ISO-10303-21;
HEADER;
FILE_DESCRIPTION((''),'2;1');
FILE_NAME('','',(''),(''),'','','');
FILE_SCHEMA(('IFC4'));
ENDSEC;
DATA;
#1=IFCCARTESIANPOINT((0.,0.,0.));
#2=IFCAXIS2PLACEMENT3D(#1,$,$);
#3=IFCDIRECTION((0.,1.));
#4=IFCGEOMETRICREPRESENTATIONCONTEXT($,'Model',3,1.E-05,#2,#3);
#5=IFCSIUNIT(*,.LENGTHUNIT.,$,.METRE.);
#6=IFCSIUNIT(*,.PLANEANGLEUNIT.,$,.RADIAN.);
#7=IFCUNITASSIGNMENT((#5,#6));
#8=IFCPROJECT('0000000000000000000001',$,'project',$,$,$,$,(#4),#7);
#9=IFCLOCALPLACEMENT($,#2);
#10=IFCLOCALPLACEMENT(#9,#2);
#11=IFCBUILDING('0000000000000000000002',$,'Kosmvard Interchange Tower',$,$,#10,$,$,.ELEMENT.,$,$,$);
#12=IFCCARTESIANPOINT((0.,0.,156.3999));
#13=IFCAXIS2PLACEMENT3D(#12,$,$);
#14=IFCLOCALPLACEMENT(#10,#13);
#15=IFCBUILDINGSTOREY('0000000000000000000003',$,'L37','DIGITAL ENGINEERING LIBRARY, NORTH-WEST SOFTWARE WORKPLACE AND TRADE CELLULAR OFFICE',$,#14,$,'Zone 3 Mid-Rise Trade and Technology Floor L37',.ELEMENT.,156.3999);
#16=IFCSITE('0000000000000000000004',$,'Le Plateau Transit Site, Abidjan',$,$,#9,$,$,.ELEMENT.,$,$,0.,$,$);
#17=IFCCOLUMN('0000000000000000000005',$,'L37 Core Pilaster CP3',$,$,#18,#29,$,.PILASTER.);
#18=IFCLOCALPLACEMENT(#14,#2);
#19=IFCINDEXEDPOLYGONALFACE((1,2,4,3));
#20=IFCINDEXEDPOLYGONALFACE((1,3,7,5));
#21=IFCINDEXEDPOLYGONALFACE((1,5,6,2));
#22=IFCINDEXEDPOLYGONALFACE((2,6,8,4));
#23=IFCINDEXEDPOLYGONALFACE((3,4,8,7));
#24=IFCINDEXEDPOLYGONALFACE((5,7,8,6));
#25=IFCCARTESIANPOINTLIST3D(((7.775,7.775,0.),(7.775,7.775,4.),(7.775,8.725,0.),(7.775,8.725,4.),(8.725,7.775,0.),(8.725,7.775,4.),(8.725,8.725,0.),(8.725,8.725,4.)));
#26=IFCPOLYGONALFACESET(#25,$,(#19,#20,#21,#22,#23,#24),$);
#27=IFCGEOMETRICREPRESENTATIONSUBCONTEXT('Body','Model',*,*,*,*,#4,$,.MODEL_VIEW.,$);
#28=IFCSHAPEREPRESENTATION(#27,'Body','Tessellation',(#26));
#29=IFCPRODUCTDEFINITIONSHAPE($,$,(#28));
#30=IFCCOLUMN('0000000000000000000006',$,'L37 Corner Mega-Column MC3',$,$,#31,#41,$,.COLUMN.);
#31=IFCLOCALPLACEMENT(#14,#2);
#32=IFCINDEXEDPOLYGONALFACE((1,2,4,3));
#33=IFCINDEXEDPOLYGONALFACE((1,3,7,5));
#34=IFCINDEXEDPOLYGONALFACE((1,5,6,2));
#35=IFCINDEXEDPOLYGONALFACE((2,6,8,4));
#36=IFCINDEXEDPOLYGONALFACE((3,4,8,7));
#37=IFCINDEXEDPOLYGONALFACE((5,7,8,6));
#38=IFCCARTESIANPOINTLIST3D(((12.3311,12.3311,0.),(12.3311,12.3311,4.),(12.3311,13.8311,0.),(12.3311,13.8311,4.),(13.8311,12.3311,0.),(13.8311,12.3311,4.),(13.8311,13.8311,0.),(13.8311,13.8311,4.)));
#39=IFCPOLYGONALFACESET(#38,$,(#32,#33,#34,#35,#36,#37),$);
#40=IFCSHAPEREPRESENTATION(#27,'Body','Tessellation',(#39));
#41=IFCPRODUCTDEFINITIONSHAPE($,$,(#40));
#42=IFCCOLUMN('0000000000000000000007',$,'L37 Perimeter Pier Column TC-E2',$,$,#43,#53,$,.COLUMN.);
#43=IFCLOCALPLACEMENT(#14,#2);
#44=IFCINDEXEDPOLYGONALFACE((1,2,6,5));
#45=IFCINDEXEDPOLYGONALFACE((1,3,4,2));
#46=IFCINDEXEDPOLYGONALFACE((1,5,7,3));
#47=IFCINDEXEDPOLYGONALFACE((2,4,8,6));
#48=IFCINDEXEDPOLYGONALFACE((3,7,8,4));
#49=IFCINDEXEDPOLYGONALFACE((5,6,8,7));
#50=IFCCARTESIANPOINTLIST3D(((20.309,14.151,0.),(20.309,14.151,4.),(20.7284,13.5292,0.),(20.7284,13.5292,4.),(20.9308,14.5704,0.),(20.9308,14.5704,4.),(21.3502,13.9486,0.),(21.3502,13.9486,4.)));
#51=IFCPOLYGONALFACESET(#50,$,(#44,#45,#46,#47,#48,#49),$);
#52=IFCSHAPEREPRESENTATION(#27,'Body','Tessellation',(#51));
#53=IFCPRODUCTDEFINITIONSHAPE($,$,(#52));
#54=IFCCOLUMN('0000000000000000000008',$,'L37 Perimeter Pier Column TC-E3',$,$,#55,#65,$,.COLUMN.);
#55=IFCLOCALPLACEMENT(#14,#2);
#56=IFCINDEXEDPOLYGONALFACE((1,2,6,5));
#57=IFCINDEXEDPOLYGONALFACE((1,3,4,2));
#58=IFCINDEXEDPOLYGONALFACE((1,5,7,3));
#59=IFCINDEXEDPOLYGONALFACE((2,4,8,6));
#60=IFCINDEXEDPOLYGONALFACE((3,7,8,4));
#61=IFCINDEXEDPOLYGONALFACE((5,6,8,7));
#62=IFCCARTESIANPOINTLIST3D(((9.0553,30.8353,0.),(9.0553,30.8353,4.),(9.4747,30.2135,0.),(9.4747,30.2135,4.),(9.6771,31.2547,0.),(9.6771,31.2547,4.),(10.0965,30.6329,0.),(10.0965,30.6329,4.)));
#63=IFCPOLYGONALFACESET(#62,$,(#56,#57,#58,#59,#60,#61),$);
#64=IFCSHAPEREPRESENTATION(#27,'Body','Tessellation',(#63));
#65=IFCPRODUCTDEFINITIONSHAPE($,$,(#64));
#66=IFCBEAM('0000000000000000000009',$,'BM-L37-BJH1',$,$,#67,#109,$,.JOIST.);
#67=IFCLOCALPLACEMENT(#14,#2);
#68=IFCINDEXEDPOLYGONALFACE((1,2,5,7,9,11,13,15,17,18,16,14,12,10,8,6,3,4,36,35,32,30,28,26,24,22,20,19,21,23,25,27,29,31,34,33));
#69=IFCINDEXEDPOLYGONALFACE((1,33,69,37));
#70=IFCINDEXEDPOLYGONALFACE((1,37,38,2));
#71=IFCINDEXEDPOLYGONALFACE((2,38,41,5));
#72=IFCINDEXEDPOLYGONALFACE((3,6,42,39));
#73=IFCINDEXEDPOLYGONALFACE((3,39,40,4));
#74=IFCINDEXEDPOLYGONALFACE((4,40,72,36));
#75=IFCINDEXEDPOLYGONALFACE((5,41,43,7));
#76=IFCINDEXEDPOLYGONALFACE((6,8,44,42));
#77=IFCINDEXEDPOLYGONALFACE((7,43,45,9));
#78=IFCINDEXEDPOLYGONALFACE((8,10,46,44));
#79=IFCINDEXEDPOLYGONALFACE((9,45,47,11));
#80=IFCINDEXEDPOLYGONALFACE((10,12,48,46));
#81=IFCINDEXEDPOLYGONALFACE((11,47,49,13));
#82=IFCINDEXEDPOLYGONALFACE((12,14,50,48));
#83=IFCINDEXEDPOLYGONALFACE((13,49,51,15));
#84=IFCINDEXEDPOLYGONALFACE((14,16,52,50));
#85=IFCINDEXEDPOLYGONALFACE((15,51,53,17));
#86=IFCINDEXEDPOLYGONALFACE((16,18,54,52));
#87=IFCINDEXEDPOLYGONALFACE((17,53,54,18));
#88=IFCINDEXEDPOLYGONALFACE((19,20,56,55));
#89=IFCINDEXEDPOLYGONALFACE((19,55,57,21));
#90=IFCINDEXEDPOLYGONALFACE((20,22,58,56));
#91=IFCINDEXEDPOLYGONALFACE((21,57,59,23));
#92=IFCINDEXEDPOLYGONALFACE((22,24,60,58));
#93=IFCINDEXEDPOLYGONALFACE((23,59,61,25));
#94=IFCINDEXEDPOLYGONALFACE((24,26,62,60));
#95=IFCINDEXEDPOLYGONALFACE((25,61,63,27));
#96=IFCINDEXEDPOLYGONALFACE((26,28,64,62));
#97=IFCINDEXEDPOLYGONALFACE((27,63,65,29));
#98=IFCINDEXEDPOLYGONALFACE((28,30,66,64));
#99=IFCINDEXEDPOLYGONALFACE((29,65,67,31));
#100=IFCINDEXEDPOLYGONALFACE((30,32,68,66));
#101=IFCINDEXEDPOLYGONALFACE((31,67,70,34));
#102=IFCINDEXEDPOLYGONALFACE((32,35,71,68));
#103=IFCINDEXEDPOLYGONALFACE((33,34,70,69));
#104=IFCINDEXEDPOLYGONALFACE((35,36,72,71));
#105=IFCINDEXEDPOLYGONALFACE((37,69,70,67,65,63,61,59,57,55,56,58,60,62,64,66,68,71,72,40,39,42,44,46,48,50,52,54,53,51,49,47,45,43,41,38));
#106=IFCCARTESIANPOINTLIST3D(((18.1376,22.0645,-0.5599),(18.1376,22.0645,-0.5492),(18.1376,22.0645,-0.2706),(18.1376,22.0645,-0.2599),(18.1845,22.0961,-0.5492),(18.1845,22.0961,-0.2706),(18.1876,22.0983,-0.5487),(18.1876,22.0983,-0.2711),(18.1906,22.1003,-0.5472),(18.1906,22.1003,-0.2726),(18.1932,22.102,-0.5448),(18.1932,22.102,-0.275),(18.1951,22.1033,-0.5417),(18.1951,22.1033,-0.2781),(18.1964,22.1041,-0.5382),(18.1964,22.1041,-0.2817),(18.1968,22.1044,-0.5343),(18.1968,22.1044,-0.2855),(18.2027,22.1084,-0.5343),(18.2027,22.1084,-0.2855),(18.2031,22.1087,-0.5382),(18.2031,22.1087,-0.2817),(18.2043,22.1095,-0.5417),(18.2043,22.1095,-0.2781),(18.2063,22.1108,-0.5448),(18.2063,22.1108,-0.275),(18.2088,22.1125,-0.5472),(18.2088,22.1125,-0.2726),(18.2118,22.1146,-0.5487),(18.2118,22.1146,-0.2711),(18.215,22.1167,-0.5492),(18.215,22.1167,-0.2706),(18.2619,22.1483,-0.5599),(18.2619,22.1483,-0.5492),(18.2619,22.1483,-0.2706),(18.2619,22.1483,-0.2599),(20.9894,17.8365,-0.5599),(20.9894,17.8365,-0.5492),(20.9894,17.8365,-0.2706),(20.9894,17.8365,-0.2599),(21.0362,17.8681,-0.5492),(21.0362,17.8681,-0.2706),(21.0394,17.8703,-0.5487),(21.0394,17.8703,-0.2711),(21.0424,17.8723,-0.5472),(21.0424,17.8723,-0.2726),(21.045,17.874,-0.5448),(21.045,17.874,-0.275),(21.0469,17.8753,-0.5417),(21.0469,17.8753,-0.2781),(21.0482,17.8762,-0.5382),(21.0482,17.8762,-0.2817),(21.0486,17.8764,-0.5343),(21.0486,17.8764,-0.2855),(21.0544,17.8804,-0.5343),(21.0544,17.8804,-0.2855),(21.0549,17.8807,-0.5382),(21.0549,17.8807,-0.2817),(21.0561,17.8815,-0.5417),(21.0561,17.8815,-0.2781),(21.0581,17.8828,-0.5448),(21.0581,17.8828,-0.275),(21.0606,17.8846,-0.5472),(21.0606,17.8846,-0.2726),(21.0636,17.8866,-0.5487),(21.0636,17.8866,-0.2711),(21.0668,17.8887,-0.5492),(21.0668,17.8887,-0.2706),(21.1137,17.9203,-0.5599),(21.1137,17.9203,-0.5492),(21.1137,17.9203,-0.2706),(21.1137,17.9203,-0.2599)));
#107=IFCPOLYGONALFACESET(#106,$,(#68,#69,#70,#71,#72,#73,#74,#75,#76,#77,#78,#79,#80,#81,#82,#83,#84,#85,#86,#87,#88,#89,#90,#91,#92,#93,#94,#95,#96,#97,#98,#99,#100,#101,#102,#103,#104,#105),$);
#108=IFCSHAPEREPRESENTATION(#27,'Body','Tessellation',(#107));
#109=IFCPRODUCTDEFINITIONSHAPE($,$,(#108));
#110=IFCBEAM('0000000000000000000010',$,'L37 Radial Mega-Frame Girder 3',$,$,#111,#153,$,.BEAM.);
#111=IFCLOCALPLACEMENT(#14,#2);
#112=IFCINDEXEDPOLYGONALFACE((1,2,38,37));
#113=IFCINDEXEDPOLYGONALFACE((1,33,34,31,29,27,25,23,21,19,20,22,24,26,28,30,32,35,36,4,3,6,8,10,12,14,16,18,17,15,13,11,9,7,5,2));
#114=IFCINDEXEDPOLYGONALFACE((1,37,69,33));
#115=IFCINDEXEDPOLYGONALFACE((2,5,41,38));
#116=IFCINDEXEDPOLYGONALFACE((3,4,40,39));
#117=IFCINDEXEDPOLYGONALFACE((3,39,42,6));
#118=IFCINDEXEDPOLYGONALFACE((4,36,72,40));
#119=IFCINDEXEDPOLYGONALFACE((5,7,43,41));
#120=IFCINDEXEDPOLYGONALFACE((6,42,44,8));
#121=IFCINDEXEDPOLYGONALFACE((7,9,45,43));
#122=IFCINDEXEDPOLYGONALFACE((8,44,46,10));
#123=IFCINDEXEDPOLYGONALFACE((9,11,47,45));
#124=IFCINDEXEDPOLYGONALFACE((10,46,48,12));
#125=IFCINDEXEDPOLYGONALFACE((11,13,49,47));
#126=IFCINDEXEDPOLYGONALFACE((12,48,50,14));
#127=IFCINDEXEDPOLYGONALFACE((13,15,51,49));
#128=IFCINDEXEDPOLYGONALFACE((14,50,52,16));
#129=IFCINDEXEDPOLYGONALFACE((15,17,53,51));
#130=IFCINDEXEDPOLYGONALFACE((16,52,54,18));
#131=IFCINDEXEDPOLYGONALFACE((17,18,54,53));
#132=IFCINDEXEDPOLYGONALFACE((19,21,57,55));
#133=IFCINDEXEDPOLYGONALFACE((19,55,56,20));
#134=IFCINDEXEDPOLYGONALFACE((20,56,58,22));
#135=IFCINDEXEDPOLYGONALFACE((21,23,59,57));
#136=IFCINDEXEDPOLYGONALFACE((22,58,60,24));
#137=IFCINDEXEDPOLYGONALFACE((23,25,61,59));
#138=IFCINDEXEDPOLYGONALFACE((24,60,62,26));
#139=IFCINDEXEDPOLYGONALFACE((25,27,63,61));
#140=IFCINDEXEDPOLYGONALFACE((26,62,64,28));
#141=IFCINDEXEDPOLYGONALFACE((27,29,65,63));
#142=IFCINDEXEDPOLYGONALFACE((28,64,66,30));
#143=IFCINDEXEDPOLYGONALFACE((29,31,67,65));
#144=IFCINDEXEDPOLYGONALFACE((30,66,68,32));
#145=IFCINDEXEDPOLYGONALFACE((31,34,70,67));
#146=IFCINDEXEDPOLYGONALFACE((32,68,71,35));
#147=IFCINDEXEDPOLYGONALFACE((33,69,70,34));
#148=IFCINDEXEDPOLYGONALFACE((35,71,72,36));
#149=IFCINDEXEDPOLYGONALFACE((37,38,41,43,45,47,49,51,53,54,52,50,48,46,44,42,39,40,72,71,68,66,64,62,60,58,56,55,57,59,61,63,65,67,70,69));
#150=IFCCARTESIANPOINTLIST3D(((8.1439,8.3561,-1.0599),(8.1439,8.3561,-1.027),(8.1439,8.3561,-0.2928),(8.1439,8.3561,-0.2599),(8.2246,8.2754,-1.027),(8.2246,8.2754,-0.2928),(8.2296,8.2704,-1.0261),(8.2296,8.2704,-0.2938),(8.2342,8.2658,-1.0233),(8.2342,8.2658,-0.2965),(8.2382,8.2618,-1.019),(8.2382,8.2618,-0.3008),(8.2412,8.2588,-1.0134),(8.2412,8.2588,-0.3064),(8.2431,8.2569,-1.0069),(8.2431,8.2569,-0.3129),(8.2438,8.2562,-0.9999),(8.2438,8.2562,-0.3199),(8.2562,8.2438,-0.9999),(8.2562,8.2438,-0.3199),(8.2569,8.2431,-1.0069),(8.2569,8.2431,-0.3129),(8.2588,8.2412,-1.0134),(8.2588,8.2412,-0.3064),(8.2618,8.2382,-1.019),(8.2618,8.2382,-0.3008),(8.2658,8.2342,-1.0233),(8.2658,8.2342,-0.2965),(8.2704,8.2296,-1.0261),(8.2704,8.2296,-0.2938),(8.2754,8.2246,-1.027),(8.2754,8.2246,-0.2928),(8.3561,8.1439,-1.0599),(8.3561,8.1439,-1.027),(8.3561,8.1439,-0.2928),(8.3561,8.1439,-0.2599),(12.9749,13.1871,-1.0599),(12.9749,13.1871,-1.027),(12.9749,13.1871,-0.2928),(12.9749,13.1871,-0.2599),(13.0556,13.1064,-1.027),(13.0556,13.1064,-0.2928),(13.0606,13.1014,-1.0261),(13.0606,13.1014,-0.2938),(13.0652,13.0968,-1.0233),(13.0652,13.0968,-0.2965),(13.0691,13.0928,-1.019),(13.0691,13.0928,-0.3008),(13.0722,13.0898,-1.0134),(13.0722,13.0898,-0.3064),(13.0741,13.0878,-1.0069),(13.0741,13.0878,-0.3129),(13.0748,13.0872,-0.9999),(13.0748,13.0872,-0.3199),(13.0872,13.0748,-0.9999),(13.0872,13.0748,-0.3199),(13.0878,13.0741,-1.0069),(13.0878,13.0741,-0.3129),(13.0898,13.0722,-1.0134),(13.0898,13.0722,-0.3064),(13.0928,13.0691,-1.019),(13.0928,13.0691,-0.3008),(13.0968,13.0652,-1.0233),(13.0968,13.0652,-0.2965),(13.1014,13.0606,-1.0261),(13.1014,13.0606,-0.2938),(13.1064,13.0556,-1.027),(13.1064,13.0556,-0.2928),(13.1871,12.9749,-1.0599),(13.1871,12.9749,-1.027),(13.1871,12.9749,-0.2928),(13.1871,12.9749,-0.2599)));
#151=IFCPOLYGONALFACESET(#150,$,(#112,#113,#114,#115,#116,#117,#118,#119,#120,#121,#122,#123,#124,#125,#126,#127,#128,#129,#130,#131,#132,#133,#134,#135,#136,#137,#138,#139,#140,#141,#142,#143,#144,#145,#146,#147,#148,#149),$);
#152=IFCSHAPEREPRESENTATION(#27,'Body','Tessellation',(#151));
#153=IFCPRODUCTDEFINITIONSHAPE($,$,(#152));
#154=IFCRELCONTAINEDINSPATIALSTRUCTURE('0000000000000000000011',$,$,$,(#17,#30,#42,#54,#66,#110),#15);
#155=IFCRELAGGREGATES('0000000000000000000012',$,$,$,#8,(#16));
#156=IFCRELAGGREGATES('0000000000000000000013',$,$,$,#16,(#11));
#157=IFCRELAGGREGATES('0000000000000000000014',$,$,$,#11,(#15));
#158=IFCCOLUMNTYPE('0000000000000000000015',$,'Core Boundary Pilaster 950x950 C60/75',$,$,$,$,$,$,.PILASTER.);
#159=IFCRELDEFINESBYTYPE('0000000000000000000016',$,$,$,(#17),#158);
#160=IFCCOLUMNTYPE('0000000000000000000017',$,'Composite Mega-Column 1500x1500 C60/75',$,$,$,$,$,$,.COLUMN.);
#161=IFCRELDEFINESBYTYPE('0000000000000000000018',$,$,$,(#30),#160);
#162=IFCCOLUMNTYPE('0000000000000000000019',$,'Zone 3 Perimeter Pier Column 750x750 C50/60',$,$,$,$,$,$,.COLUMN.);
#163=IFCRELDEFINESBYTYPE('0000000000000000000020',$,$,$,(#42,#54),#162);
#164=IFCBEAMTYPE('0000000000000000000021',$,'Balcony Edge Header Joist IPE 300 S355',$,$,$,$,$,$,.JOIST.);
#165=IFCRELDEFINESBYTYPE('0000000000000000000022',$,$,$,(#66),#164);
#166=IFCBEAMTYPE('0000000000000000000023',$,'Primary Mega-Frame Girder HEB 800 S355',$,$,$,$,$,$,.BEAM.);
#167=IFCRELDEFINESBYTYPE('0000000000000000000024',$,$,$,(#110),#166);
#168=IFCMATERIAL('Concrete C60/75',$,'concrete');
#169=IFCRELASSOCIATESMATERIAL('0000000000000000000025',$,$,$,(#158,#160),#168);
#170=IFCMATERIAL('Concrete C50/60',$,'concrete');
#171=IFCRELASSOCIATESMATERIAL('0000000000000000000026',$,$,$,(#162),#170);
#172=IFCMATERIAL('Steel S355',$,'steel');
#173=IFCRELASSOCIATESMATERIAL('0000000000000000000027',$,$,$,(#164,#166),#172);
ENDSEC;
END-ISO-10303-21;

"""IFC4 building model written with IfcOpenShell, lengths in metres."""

from ifc_helpers import new_model, si_unit, direction, frame, origin, origin_2d, place, context, subcontext, project, spatial, rectangle, i_section, extrude, source, transform, mapped, material, material_profile, profile_set, type_object, element, save


model = new_model("IFC4")

# Units and contexts
model_context = context("Model", 3, precision=1e-05, world=origin(), true_north=direction((0.0, 1.0)))
body_context = subcontext(model_context, "Body", "Model", "MODEL_VIEW")
ifc_project = project(units=[si_unit("LENGTHUNIT", "METRE"), si_unit("PLANEANGLEUNIT", "RADIAN")], contexts=[model_context])

# Site, building, storey
site_placement = place(None, origin())
site = spatial("IfcSite", under=ifc_project, at=site_placement, Name="Le Plateau Transit Site, Abidjan", CompositionType="ELEMENT", RefElevation=0.0)
building_placement = place(site_placement, origin())
building = spatial("IfcBuilding", under=site, at=building_placement, Name="Kosmvard Interchange Tower", CompositionType="ELEMENT")
storey_placement = place(building_placement, frame((0.0, 0.0, 156.3999)))
storey = spatial("IfcBuildingStorey", under=building, at=storey_placement, Name="L37", Description="DIGITAL ENGINEERING LIBRARY, NORTH-WEST SOFTWARE WORKPLACE AND TRADE CELLULAR OFFICE", LongName="Zone 3 Mid-Rise Trade and Technology Floor L37", CompositionType="ELEMENT", Elevation=156.3999)

# Columns
ifc_material_1 = material(Name="Concrete C60/75", Category="concrete")
ifc_material_profile_1 = material_profile(ifc_material_1, rectangle(XDim=0.95, YDim=0.95, at=origin_2d()), Name="CP 950x950")
ifc_profile_set_1 = profile_set([ifc_material_profile_1], Name="Concrete C60/75")
column_type_1 = type_object("IfcColumnType", Name="Core Boundary Pilaster 950x950 C60/75", PredefinedType="PILASTER", material=ifc_profile_set_1)
shared_shape_1 = source(origin(), body_context, "Body", "SweptSolid", [
    extrude(rectangle(XDim=0.95, YDim=0.95, at=origin_2d()), origin(), (0.0, 0.0, 1.0), 4.0),
])
column_1_placement = place(storey_placement, frame((8.25, 8.25, 0.0), z_axis=(0.0, 0.0, 1.0), x_axis=(1.0, 0.0, 0.0)))
element("IfcColumn", 1, at=column_1_placement, inside=storey, type_object=column_type_1, Name="L37 Core Pilaster CP3", PredefinedType="PILASTER", context=body_context, shape_type="MappedRepresentation", body=[
    mapped(shared_shape_1, transform((0.0, 0.0, 0.0), scale=1.0)),
])
ifc_material_profile_2 = material_profile(ifc_material_1, rectangle(XDim=1.5, YDim=1.5, at=origin_2d()), Name="MC 1500x1500")
ifc_profile_set_2 = profile_set([ifc_material_profile_2], Name="Concrete C60/75")
column_type_2 = type_object("IfcColumnType", Name="Composite Mega-Column 1500x1500 C60/75", PredefinedType="COLUMN", material=ifc_profile_set_2)
shared_shape_2 = source(origin(), body_context, "Body", "SweptSolid", [
    extrude(rectangle(XDim=1.5, YDim=1.5, at=origin_2d()), origin(), (0.0, 0.0, 1.0), 4.0),
])
column_2_placement = place(storey_placement, frame((13.0811, 13.0811, 0.0), z_axis=(0.0, 0.0, 1.0), x_axis=(1.0, 0.0, 0.0)))
element("IfcColumn", 2, at=column_2_placement, inside=storey, type_object=column_type_2, Name="L37 Corner Mega-Column MC3", PredefinedType="COLUMN", context=body_context, shape_type="MappedRepresentation", body=[
    mapped(shared_shape_2, transform((0.0, 0.0, 0.0), scale=1.0)),
])
ifc_material_2 = material(Name="Concrete C50/60", Category="concrete")
ifc_material_profile_3 = material_profile(ifc_material_2, rectangle(XDim=0.75, YDim=0.75, at=origin_2d()), Name="TC 750x750")
ifc_profile_set_3 = profile_set([ifc_material_profile_3], Name="Concrete C50/60")
column_type_3 = type_object("IfcColumnType", Name="Zone 3 Perimeter Pier Column 750x750 C50/60", PredefinedType="COLUMN", material=ifc_profile_set_3)
shared_shape_3 = source(origin(), body_context, "Body", "SweptSolid", [
    extrude(rectangle(XDim=0.75, YDim=0.75, at=origin_2d()), origin(), (0.0, 0.0, 1.0), 4.0),
])
for number, where, z_axis, x_axis, name in (
    (3, (20.8296, 14.0498, 0.0), (0.0, 0.0, 1.0), (0.829038, 0.559193, 0.0), "L37 Perimeter Pier Column TC-E2"),
    (4, (9.5759, 30.7341, 0.0), (0.0, 0.0, 1.0), (0.829038, 0.559193, 0.0), "L37 Perimeter Pier Column TC-E3"),
):
    element("IfcColumn", number, at=place(storey_placement, frame(where, z_axis=z_axis, x_axis=x_axis)), inside=storey, type_object=column_type_3, Name=name, PredefinedType="COLUMN", context=body_context, shape_type="MappedRepresentation", body=[
        mapped(shared_shape_3, transform((0.0, 0.0, 0.0), scale=1.0)),
    ])

# Beams
ifc_material_3 = material(Name="Steel S355", Category="steel")
ifc_material_profile_4 = material_profile(ifc_material_3, i_section(OverallWidth=0.1499, OverallDepth=0.3, WebThickness=0.0071, FlangeThickness=0.0107, FilletRadius=0.0149, at=origin_2d()), Name="IPE 300")
ifc_profile_set_4 = profile_set([ifc_material_profile_4], Name="Steel S355")
beam_type_1 = type_object("IfcBeamType", Name="Balcony Edge Header Joist IPE 300 S355", PredefinedType="JOIST", material=ifc_profile_set_4)
shared_shape_4 = source(origin(), body_context, "Body", "SweptSolid", [
    extrude(i_section(OverallWidth=0.1499, OverallDepth=0.3, WebThickness=0.0071, FlangeThickness=0.0107, FilletRadius=0.0149, at=origin_2d()), origin(), (0.0, 0.0, 1.0), 5.0999),
])
beam_1_placement = place(storey_placement, frame((21.0515, 17.8784, -0.4099), z_axis=(-0.559188, 0.829041, 0.0), x_axis=(-0.829041, -0.559188, 0.0)))
element("IfcBeam", 5, at=beam_1_placement, inside=storey, type_object=beam_type_1, Name="BM-L37-BJH1", PredefinedType="JOIST", context=body_context, shape_type="MappedRepresentation", body=[
    mapped(shared_shape_4, transform((0.0, 0.0, 0.0), scale=1.0)),
])
ifc_material_profile_5 = material_profile(ifc_material_3, i_section(OverallWidth=0.3, OverallDepth=0.8, WebThickness=0.0176, FlangeThickness=0.033, FilletRadius=0.0271, at=origin_2d()), Name="HEB 800")
ifc_profile_set_5 = profile_set([ifc_material_profile_5], Name="Steel S355")
beam_type_2 = type_object("IfcBeamType", Name="Primary Mega-Frame Girder HEB 800 S355", PredefinedType="BEAM", material=ifc_profile_set_5)
shared_shape_5 = source(origin(), body_context, "Body", "SweptSolid", [
    extrude(i_section(OverallWidth=0.3, OverallDepth=0.8, WebThickness=0.0176, FlangeThickness=0.033, FilletRadius=0.0271, at=origin_2d()), origin(), (0.0, 0.0, 1.0), 6.832),
])
beam_2_placement = place(storey_placement, frame((8.25, 8.25, -0.6599), z_axis=(0.707107, 0.707107, 0.0), x_axis=(-0.707107, 0.707107, 0.0)))
element("IfcBeam", 6, at=beam_2_placement, inside=storey, type_object=beam_type_2, Name="L37 Radial Mega-Frame Girder 3", PredefinedType="BEAM", context=body_context, shape_type="MappedRepresentation", body=[
    mapped(shared_shape_5, transform((0.0, 0.0, 0.0), scale=1.0)),
])

save(model, "model.ifc")
